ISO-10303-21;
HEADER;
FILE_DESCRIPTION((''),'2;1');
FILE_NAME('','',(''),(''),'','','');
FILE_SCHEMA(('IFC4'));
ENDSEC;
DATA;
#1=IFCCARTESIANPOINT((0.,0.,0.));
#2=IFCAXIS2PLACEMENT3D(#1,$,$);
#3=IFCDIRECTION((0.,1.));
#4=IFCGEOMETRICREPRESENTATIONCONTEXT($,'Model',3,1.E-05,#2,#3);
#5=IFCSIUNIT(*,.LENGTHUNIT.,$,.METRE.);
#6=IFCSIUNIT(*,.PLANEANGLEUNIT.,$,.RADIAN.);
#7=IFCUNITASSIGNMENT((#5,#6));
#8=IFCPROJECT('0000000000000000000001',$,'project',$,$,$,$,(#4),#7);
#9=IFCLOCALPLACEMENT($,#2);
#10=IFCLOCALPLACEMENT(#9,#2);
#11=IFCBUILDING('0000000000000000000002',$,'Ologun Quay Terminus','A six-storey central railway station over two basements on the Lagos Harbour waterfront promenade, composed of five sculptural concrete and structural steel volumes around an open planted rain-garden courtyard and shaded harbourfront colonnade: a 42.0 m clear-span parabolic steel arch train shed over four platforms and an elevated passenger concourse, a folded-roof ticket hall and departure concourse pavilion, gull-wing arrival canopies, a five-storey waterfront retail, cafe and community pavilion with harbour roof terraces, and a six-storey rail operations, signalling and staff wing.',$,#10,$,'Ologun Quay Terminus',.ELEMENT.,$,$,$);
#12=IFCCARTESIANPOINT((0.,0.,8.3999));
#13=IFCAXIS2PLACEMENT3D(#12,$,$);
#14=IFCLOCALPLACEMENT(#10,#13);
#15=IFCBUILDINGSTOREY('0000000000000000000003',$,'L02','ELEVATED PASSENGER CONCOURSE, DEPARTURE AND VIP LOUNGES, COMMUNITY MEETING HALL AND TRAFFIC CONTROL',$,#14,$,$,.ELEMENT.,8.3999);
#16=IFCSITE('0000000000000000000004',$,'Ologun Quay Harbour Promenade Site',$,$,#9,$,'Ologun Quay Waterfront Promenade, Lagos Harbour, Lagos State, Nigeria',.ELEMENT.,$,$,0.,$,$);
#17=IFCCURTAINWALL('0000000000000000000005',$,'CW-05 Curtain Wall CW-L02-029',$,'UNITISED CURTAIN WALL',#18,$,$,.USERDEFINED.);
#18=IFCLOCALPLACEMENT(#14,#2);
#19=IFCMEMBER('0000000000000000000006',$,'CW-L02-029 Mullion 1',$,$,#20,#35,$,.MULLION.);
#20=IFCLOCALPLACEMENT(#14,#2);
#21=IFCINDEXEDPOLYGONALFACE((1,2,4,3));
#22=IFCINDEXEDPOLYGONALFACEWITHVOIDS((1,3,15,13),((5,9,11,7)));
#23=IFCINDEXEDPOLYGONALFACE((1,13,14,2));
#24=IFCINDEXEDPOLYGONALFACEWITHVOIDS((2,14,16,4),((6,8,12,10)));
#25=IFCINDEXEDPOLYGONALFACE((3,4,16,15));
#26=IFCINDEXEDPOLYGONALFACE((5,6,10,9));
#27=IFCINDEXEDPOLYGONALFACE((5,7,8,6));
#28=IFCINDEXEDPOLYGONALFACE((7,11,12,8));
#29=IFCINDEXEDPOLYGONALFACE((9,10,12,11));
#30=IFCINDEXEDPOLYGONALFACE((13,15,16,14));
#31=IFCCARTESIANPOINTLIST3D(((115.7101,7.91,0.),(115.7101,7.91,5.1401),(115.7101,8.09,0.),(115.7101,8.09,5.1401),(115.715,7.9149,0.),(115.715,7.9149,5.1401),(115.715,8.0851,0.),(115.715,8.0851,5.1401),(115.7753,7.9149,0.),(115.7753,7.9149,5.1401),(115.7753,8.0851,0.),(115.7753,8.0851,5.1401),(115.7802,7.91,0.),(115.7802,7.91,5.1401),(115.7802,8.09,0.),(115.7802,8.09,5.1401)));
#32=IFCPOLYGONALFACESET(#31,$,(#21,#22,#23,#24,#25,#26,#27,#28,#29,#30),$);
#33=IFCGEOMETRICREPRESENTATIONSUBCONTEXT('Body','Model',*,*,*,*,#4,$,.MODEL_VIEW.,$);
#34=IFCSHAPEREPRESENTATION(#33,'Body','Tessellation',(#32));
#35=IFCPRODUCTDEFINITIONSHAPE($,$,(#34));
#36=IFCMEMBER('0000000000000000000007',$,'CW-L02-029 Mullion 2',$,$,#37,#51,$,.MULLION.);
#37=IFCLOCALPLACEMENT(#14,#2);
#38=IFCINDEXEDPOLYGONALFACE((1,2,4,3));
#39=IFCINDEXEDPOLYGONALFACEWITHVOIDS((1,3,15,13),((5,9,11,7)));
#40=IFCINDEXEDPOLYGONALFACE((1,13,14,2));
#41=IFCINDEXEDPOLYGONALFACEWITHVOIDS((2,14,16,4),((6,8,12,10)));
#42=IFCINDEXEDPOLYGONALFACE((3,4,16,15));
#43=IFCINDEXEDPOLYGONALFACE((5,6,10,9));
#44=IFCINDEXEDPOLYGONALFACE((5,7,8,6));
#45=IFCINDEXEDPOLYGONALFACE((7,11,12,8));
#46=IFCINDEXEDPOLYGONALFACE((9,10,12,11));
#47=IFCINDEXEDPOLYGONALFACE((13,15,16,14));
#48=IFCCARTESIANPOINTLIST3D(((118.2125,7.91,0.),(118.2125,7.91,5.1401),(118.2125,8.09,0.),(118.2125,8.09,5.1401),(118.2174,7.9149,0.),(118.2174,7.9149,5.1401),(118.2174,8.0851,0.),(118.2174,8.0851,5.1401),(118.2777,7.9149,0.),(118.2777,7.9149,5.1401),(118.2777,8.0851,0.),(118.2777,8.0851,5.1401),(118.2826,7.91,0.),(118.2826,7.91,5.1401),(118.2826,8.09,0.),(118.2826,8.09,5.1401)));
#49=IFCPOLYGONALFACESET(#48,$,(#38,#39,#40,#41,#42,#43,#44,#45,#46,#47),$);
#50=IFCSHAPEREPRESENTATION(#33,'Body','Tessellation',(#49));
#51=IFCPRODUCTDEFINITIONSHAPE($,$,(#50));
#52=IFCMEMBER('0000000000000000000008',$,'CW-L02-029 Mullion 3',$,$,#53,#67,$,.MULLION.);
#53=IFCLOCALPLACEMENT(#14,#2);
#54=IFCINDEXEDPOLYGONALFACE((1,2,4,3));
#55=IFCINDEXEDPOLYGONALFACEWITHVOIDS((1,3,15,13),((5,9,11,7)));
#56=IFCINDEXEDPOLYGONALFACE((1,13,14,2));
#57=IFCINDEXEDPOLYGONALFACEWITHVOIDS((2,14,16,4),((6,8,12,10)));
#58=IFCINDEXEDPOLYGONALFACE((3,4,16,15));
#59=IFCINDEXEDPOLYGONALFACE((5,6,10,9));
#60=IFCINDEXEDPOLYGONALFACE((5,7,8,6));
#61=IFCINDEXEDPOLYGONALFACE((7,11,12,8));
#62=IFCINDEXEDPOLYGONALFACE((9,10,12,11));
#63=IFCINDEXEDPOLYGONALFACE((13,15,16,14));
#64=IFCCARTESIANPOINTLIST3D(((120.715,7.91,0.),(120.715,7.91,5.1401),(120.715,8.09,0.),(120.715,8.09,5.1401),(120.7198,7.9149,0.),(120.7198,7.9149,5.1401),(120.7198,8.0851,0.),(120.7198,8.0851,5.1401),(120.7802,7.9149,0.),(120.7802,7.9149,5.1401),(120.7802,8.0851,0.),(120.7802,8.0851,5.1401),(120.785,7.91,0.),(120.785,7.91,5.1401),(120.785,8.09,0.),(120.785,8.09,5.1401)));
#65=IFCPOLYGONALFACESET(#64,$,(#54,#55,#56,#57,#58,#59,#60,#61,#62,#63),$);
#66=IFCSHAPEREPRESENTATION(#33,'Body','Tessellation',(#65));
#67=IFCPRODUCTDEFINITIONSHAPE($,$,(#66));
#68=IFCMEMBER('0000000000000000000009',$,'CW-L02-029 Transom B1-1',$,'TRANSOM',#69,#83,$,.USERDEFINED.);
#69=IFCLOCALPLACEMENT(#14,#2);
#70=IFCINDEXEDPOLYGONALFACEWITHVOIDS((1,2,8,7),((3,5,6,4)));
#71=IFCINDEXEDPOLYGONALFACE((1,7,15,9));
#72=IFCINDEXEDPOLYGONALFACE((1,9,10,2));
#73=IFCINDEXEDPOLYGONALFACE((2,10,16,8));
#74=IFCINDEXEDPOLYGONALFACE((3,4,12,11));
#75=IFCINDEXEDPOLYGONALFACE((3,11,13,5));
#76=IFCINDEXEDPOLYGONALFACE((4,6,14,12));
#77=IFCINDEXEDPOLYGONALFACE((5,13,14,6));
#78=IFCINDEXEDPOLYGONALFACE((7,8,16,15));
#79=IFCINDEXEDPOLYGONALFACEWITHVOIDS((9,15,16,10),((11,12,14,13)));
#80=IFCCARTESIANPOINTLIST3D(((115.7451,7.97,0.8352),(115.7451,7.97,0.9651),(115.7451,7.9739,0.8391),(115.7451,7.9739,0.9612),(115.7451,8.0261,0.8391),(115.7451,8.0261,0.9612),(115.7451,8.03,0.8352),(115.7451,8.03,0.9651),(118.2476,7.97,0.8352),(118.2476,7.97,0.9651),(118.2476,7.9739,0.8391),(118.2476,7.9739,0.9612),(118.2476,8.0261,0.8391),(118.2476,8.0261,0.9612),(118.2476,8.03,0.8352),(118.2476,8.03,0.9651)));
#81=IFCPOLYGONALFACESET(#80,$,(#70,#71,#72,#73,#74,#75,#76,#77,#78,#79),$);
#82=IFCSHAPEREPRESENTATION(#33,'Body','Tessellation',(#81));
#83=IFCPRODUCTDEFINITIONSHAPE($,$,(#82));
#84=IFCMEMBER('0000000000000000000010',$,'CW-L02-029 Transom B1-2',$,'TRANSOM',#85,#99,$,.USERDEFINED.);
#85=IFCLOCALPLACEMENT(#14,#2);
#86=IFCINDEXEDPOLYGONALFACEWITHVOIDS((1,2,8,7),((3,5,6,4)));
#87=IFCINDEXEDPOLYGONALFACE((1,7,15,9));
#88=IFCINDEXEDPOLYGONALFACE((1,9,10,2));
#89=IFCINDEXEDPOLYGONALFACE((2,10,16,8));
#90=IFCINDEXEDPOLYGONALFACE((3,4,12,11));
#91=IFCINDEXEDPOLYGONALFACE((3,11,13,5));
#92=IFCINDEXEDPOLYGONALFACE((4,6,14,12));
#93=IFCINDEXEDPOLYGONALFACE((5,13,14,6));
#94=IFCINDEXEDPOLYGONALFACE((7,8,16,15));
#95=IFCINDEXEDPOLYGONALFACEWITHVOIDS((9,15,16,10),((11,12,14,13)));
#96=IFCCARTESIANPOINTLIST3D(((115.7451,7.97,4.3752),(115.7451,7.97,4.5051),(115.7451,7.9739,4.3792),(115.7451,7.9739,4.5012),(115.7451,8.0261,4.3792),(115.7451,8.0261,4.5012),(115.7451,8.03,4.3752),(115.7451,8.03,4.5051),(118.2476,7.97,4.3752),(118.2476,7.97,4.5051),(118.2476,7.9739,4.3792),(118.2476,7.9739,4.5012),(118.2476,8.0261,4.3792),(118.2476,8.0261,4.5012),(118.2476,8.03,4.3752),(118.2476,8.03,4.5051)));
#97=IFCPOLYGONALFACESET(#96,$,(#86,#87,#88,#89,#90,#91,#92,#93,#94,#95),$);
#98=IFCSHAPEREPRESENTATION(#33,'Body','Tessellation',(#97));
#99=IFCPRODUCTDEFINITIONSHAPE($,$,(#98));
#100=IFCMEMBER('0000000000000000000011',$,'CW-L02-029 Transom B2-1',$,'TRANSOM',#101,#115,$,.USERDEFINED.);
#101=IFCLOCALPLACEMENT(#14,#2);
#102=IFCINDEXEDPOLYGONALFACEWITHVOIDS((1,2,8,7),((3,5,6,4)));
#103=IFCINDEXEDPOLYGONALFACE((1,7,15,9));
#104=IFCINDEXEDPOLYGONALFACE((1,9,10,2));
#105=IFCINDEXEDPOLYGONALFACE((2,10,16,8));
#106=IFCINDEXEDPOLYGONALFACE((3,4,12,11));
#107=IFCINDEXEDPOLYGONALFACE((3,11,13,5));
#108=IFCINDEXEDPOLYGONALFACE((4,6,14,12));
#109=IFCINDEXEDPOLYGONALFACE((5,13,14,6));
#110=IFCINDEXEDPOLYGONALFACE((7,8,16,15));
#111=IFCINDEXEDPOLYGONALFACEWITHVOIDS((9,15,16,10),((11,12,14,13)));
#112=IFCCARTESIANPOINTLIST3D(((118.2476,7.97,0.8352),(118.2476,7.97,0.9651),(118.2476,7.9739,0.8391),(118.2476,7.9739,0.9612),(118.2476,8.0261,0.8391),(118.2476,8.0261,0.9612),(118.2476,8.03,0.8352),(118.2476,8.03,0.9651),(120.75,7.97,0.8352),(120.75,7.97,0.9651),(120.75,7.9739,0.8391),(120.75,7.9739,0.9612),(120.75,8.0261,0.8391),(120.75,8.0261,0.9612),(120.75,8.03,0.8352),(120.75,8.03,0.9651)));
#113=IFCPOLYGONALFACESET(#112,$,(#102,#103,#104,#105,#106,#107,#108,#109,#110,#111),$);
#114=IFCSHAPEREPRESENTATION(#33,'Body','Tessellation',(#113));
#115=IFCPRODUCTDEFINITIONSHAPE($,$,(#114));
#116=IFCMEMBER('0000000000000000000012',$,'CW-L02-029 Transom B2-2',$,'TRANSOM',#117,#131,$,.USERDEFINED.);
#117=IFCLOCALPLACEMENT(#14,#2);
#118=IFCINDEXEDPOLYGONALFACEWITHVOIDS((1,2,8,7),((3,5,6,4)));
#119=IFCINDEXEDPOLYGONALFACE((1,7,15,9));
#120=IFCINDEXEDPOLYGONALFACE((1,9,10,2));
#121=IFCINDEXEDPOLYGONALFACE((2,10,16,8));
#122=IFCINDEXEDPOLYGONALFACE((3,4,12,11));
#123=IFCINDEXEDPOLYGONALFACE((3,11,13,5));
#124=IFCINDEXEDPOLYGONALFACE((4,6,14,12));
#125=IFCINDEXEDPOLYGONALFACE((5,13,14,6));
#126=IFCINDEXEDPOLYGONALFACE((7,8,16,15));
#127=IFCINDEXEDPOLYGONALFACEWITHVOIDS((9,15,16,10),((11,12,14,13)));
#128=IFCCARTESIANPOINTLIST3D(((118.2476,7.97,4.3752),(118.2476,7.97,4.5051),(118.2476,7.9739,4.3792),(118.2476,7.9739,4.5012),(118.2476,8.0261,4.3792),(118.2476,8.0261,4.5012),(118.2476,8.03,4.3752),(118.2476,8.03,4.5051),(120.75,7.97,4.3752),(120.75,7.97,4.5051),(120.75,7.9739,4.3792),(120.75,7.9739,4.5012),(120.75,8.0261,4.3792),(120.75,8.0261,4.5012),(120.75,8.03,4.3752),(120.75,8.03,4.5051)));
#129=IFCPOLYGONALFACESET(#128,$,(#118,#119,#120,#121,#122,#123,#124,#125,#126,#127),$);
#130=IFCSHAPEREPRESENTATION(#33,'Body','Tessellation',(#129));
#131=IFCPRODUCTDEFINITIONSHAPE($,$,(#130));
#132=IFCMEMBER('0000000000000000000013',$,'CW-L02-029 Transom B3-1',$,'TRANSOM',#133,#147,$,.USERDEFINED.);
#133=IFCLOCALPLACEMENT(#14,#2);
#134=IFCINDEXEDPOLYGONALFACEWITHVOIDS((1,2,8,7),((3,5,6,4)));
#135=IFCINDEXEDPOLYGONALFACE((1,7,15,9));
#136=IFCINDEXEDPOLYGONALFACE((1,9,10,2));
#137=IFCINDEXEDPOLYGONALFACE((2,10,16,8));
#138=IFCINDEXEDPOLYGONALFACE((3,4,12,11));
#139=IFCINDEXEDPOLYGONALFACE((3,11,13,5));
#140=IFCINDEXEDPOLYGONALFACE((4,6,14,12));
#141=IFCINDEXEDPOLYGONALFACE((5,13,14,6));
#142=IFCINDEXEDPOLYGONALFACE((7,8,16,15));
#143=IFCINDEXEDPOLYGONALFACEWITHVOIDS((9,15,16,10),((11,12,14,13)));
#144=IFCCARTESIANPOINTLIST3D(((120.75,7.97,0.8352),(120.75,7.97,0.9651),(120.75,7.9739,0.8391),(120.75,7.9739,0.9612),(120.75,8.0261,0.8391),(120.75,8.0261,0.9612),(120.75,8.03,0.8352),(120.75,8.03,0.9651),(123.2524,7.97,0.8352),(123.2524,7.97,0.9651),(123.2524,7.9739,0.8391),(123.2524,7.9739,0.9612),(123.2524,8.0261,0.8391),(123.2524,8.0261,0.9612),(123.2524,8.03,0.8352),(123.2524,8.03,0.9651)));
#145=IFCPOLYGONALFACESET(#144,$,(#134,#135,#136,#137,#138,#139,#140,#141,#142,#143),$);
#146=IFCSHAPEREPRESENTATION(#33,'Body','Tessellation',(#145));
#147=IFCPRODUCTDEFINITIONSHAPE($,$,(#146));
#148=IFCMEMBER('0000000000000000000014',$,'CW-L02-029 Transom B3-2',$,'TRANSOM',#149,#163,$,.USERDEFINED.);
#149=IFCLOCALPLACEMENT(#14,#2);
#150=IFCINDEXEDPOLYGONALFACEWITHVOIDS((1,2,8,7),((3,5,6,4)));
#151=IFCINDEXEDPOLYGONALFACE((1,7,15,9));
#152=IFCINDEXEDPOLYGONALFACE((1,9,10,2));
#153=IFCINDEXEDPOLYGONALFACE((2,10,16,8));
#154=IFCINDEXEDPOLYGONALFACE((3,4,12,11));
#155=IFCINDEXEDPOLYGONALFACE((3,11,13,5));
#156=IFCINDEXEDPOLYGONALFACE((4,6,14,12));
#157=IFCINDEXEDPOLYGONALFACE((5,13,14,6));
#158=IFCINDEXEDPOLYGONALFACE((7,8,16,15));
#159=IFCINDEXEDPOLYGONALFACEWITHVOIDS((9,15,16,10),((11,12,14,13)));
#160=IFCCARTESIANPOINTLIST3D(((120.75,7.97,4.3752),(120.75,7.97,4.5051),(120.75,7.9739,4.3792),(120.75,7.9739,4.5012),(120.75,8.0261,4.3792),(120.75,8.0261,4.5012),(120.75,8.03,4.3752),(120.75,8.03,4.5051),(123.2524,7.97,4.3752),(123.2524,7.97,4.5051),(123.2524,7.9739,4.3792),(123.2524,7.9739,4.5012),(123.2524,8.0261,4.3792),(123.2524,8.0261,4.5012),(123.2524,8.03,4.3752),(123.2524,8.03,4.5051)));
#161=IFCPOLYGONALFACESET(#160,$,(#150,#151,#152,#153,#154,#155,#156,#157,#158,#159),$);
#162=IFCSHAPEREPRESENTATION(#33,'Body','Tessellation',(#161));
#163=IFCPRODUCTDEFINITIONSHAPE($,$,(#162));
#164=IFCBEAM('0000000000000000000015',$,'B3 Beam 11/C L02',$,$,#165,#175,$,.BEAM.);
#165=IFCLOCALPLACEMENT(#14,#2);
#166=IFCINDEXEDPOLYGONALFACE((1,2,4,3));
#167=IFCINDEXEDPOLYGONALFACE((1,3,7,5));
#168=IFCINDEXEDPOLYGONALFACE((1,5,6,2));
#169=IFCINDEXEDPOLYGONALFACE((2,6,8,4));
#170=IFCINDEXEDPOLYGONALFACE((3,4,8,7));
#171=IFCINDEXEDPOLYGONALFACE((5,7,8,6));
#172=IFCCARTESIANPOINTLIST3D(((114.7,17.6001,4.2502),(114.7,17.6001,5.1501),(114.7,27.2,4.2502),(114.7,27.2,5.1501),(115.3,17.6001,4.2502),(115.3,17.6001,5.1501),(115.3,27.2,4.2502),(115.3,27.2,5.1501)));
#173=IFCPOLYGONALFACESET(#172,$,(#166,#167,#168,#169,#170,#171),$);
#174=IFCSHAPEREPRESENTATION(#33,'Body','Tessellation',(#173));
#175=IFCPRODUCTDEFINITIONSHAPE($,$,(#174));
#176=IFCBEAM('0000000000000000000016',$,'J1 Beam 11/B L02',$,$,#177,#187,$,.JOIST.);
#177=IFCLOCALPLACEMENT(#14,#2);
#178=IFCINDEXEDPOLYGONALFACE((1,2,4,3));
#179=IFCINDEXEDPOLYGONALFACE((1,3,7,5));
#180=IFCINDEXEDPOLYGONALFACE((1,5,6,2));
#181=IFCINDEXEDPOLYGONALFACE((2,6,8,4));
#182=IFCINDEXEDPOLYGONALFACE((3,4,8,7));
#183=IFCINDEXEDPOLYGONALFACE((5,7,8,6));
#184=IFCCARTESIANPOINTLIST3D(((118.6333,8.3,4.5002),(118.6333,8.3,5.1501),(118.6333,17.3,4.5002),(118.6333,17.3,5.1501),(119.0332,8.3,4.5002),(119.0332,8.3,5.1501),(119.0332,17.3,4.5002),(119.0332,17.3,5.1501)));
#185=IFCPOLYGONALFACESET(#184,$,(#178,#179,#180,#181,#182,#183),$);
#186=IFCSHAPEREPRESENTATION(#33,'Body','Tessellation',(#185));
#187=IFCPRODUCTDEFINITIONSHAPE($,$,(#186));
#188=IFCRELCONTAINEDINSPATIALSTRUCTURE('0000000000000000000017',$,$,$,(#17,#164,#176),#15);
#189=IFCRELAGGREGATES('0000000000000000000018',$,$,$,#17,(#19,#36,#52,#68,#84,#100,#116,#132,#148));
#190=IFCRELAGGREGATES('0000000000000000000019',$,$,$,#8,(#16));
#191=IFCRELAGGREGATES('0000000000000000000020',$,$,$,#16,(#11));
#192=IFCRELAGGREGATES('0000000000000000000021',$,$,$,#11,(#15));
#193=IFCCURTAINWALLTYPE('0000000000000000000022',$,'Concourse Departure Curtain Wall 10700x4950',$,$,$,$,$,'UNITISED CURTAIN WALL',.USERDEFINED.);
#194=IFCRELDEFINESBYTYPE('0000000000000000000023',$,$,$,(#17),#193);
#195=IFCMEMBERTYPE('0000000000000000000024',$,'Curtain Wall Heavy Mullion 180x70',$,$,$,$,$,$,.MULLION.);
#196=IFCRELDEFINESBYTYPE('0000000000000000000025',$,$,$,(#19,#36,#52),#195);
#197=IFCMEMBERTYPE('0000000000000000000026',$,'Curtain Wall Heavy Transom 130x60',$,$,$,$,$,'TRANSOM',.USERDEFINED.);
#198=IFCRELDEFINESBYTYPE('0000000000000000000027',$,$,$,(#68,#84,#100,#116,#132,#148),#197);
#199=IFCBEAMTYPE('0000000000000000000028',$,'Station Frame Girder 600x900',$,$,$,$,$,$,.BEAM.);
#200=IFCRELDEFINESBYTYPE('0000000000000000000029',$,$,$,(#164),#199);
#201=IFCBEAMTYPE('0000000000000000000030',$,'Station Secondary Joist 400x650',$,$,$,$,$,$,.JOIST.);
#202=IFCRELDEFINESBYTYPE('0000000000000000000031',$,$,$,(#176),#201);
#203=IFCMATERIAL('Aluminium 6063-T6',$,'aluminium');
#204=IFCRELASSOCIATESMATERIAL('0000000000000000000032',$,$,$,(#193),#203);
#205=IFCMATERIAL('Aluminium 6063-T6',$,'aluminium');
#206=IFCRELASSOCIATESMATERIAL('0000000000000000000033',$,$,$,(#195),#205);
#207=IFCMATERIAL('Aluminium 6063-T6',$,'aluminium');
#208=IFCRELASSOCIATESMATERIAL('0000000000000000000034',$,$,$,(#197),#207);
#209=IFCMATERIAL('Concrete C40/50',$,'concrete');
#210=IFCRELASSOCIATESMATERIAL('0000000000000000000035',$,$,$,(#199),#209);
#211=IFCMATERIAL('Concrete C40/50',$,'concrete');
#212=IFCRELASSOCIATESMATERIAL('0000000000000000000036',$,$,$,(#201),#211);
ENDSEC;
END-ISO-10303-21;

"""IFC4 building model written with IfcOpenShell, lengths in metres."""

from ifc_helpers import new_model, si_unit, direction, frame, origin, origin_2d, place, context, subcontext, project, spatial, rectangle, hollow_rectangle, extrude, material, material_profile, profile_set, type_object, element, aggregate, save


model = new_model("IFC4")

# Units and contexts
model_context = context("Model", 3, precision=1e-05, world=origin(), true_north=direction((0.0, 1.0)))
body_context = subcontext(model_context, "Body", "Model", "MODEL_VIEW")
ifc_project = project(units=[si_unit("LENGTHUNIT", "METRE"), si_unit("PLANEANGLEUNIT", "RADIAN")], contexts=[model_context])

# Site, building, storey
site_placement = place(None, origin())
site = spatial("IfcSite", under=ifc_project, at=site_placement, Name="Ologun Quay Harbour Promenade Site", LongName="Ologun Quay Waterfront Promenade, Lagos Harbour, Lagos State, Nigeria", CompositionType="ELEMENT", RefElevation=0.0)
building_placement = place(site_placement, origin())
building = spatial("IfcBuilding", under=site, at=building_placement, Name="Ologun Quay Terminus", Description="A six-storey central railway station over two basements on the Lagos Harbour waterfront promenade, composed of five sculptural concrete and structural steel volumes around an open planted rain-garden courtyard and shaded harbourfront colonnade: a 42.0 m clear-span parabolic steel arch train shed over four platforms and an elevated passenger concourse, a folded-roof ticket hall and departure concourse pavilion, gull-wing arrival canopies, a five-storey waterfront retail, cafe and community pavilion with harbour roof terraces, and a six-storey rail operations, signalling and staff wing.", LongName="Ologun Quay Terminus", CompositionType="ELEMENT")
storey_placement = place(building_placement, frame((0.0, 0.0, 8.3999)))
storey = spatial("IfcBuildingStorey", under=building, at=storey_placement, Name="L02", Description="ELEVATED PASSENGER CONCOURSE, DEPARTURE AND VIP LOUNGES, COMMUNITY MEETING HALL AND TRAFFIC CONTROL", CompositionType="ELEMENT", Elevation=8.3999)

# Curtain wall, members
ifc_material_1 = material(Name="Aluminium 6063-T6", Category="aluminium")
curtain_wall_type = type_object("IfcCurtainWallType", Name="Concourse Departure Curtain Wall 10700x4950", ElementType="UNITISED CURTAIN WALL", PredefinedType="USERDEFINED", material=ifc_material_1)
curtain_wall_placement = place(storey_placement, origin())
curtain_wall = element("IfcCurtainWall", 1, at=curtain_wall_placement, inside=storey, type_object=curtain_wall_type, Name="CW-05 Curtain Wall CW-L02-029", ObjectType="UNITISED CURTAIN WALL", PredefinedType="USERDEFINED")
ifc_material_2 = material(Name="Aluminium 6063-T6", Category="aluminium")
ifc_material_profile_1 = material_profile(ifc_material_2, hollow_rectangle(XDim=0.0701, YDim=0.1799, WallThickness=0.0049, at=origin_2d()), Name="ALU 180x70x5")
ifc_profile_set_1 = profile_set([ifc_material_profile_1], Name="Aluminium 6063-T6")
member_type_1 = type_object("IfcMemberType", Name="Curtain Wall Heavy Mullion 180x70", PredefinedType="MULLION", material=ifc_profile_set_1)
member_1_placement = place(storey_placement, frame((115.7451, 8.0, 0.0), z_axis=(0.0, 0.0, 1.0), x_axis=(1.0, 0.0, 0.0)))
member_1 = element("IfcMember", 2, at=member_1_placement, type_object=member_type_1, Name="CW-L02-029 Mullion 1", PredefinedType="MULLION", context=body_context, shape_type="SweptSolid", body=[
    extrude(hollow_rectangle(XDim=0.0701, YDim=0.1799, WallThickness=0.0049, at=origin_2d()), origin(), (0.0, 0.0, 1.0), 5.1401),
])
member_2_placement = place(storey_placement, frame((118.2476, 8.0, 0.0), z_axis=(0.0, 0.0, 1.0), x_axis=(1.0, 0.0, 0.0)))
member_2 = element("IfcMember", 3, at=member_2_placement, type_object=member_type_1, Name="CW-L02-029 Mullion 2", PredefinedType="MULLION", context=body_context, shape_type="SweptSolid", body=[
    extrude(hollow_rectangle(XDim=0.0701, YDim=0.1799, WallThickness=0.0049, at=origin_2d()), origin(), (0.0, 0.0, 1.0), 5.1401),
])
member_3_placement = place(storey_placement, frame((120.75, 8.0, 0.0), z_axis=(0.0, 0.0, 1.0), x_axis=(1.0, 0.0, 0.0)))
member_3 = element("IfcMember", 4, at=member_3_placement, type_object=member_type_1, Name="CW-L02-029 Mullion 3", PredefinedType="MULLION", context=body_context, shape_type="SweptSolid", body=[
    extrude(hollow_rectangle(XDim=0.0701, YDim=0.1799, WallThickness=0.0049, at=origin_2d()), origin(), (0.0, 0.0, 1.0), 5.1401),
])
ifc_material_3 = material(Name="Aluminium 6063-T6", Category="aluminium")
ifc_material_profile_2 = material_profile(ifc_material_3, hollow_rectangle(XDim=0.0601, YDim=0.1299, WallThickness=0.0039, at=origin_2d()), Name="ALU 130x60x4")
ifc_profile_set_2 = profile_set([ifc_material_profile_2], Name="Aluminium 6063-T6")
member_type_2 = type_object("IfcMemberType", Name="Curtain Wall Heavy Transom 130x60", ElementType="TRANSOM", PredefinedType="USERDEFINED", material=ifc_profile_set_2)
member_4_placement = place(storey_placement, frame((115.7451, 8.0, 0.9001), z_axis=(1.0, 0.0, 0.0), x_axis=(0.0, 1.0, 0.0)))
member_4 = element("IfcMember", 5, at=member_4_placement, type_object=member_type_2, Name="CW-L02-029 Transom B1-1", ObjectType="TRANSOM", PredefinedType="USERDEFINED", context=body_context, shape_type="SweptSolid", body=[
    extrude(hollow_rectangle(XDim=0.0601, YDim=0.1299, WallThickness=0.0039, at=origin_2d()), origin(), (0.0, 0.0, 1.0), 2.5024),
])
member_5_placement = place(storey_placement, frame((115.7451, 8.0, 4.4402), z_axis=(1.0, 0.0, 0.0), x_axis=(0.0, 1.0, 0.0)))
member_5 = element("IfcMember", 6, at=member_5_placement, type_object=member_type_2, Name="CW-L02-029 Transom B1-2", ObjectType="TRANSOM", PredefinedType="USERDEFINED", context=body_context, shape_type="SweptSolid", body=[
    extrude(hollow_rectangle(XDim=0.0601, YDim=0.1299, WallThickness=0.0039, at=origin_2d()), origin(), (0.0, 0.0, 1.0), 2.5024),
])
member_6_placement = place(storey_placement, frame((118.2476, 8.0, 0.9001), z_axis=(1.0, 0.0, 0.0), x_axis=(0.0, 1.0, 0.0)))
member_6 = element("IfcMember", 7, at=member_6_placement, type_object=member_type_2, Name="CW-L02-029 Transom B2-1", ObjectType="TRANSOM", PredefinedType="USERDEFINED", context=body_context, shape_type="SweptSolid", body=[
    extrude(hollow_rectangle(XDim=0.0601, YDim=0.1299, WallThickness=0.0039, at=origin_2d()), origin(), (0.0, 0.0, 1.0), 2.5024),
])
member_7_placement = place(storey_placement, frame((118.2476, 8.0, 4.4402), z_axis=(1.0, 0.0, 0.0), x_axis=(0.0, 1.0, 0.0)))
member_7 = element("IfcMember", 8, at=member_7_placement, type_object=member_type_2, Name="CW-L02-029 Transom B2-2", ObjectType="TRANSOM", PredefinedType="USERDEFINED", context=body_context, shape_type="SweptSolid", body=[
    extrude(hollow_rectangle(XDim=0.0601, YDim=0.1299, WallThickness=0.0039, at=origin_2d()), origin(), (0.0, 0.0, 1.0), 2.5024),
])
member_8_placement = place(storey_placement, frame((120.75, 8.0, 0.9001), z_axis=(1.0, 0.0, 0.0), x_axis=(0.0, 1.0, 0.0)))
member_8 = element("IfcMember", 9, at=member_8_placement, type_object=member_type_2, Name="CW-L02-029 Transom B3-1", ObjectType="TRANSOM", PredefinedType="USERDEFINED", context=body_context, shape_type="SweptSolid", body=[
    extrude(hollow_rectangle(XDim=0.0601, YDim=0.1299, WallThickness=0.0039, at=origin_2d()), origin(), (0.0, 0.0, 1.0), 2.5024),
])
member_9_placement = place(storey_placement, frame((120.75, 8.0, 4.4402), z_axis=(1.0, 0.0, 0.0), x_axis=(0.0, 1.0, 0.0)))
member_9 = element("IfcMember", 10, at=member_9_placement, type_object=member_type_2, Name="CW-L02-029 Transom B3-2", ObjectType="TRANSOM", PredefinedType="USERDEFINED", context=body_context, shape_type="SweptSolid", body=[
    extrude(hollow_rectangle(XDim=0.0601, YDim=0.1299, WallThickness=0.0039, at=origin_2d()), origin(), (0.0, 0.0, 1.0), 2.5024),
])

# Beams
ifc_material_4 = material(Name="Concrete C40/50", Category="concrete")
ifc_material_profile_3 = material_profile(ifc_material_4, rectangle(XDim=0.6001, YDim=0.8999, at=origin_2d()), Name="RC 600x900")
ifc_profile_set_3 = profile_set([ifc_material_profile_3], Name="Concrete C40/50")
beam_type_1 = type_object("IfcBeamType", Name="Station Frame Girder 600x900", PredefinedType="BEAM", material=ifc_profile_set_3)
beam_1_placement = place(storey_placement, frame((115.0, 17.6001, 4.7002), z_axis=(0.0, 1.0, 0.0), x_axis=(-1.0, 0.0, 0.0)))
element("IfcBeam", 11, at=beam_1_placement, inside=storey, type_object=beam_type_1, Name="B3 Beam 11/C L02", PredefinedType="BEAM", context=body_context, shape_type="SweptSolid", body=[
    extrude(rectangle(XDim=0.6001, YDim=0.8999, at=origin_2d()), origin(), (0.0, 0.0, 1.0), 9.5999),
])
ifc_material_5 = material(Name="Concrete C40/50", Category="concrete")
ifc_material_profile_4 = material_profile(ifc_material_5, rectangle(XDim=0.3999, YDim=0.6499, at=origin_2d()), Name="RC 400x650")
ifc_profile_set_4 = profile_set([ifc_material_profile_4], Name="Concrete C40/50")
beam_type_2 = type_object("IfcBeamType", Name="Station Secondary Joist 400x650", PredefinedType="JOIST", material=ifc_profile_set_4)
beam_2_placement = place(storey_placement, frame((118.8333, 8.3, 4.8252), z_axis=(0.0, 1.0, 0.0), x_axis=(-1.0, 0.0, 0.0)))
element("IfcBeam", 12, at=beam_2_placement, inside=storey, type_object=beam_type_2, Name="J1 Beam 11/B L02", PredefinedType="JOIST", context=body_context, shape_type="SweptSolid", body=[
    extrude(rectangle(XDim=0.3999, YDim=0.6499, at=origin_2d()), origin(), (0.0, 0.0, 1.0), 9.0),
])

aggregate(curtain_wall, [member_1, member_2, member_3, member_4, member_5, member_6, member_7, member_8, member_9])

save(model, "model.ifc")
